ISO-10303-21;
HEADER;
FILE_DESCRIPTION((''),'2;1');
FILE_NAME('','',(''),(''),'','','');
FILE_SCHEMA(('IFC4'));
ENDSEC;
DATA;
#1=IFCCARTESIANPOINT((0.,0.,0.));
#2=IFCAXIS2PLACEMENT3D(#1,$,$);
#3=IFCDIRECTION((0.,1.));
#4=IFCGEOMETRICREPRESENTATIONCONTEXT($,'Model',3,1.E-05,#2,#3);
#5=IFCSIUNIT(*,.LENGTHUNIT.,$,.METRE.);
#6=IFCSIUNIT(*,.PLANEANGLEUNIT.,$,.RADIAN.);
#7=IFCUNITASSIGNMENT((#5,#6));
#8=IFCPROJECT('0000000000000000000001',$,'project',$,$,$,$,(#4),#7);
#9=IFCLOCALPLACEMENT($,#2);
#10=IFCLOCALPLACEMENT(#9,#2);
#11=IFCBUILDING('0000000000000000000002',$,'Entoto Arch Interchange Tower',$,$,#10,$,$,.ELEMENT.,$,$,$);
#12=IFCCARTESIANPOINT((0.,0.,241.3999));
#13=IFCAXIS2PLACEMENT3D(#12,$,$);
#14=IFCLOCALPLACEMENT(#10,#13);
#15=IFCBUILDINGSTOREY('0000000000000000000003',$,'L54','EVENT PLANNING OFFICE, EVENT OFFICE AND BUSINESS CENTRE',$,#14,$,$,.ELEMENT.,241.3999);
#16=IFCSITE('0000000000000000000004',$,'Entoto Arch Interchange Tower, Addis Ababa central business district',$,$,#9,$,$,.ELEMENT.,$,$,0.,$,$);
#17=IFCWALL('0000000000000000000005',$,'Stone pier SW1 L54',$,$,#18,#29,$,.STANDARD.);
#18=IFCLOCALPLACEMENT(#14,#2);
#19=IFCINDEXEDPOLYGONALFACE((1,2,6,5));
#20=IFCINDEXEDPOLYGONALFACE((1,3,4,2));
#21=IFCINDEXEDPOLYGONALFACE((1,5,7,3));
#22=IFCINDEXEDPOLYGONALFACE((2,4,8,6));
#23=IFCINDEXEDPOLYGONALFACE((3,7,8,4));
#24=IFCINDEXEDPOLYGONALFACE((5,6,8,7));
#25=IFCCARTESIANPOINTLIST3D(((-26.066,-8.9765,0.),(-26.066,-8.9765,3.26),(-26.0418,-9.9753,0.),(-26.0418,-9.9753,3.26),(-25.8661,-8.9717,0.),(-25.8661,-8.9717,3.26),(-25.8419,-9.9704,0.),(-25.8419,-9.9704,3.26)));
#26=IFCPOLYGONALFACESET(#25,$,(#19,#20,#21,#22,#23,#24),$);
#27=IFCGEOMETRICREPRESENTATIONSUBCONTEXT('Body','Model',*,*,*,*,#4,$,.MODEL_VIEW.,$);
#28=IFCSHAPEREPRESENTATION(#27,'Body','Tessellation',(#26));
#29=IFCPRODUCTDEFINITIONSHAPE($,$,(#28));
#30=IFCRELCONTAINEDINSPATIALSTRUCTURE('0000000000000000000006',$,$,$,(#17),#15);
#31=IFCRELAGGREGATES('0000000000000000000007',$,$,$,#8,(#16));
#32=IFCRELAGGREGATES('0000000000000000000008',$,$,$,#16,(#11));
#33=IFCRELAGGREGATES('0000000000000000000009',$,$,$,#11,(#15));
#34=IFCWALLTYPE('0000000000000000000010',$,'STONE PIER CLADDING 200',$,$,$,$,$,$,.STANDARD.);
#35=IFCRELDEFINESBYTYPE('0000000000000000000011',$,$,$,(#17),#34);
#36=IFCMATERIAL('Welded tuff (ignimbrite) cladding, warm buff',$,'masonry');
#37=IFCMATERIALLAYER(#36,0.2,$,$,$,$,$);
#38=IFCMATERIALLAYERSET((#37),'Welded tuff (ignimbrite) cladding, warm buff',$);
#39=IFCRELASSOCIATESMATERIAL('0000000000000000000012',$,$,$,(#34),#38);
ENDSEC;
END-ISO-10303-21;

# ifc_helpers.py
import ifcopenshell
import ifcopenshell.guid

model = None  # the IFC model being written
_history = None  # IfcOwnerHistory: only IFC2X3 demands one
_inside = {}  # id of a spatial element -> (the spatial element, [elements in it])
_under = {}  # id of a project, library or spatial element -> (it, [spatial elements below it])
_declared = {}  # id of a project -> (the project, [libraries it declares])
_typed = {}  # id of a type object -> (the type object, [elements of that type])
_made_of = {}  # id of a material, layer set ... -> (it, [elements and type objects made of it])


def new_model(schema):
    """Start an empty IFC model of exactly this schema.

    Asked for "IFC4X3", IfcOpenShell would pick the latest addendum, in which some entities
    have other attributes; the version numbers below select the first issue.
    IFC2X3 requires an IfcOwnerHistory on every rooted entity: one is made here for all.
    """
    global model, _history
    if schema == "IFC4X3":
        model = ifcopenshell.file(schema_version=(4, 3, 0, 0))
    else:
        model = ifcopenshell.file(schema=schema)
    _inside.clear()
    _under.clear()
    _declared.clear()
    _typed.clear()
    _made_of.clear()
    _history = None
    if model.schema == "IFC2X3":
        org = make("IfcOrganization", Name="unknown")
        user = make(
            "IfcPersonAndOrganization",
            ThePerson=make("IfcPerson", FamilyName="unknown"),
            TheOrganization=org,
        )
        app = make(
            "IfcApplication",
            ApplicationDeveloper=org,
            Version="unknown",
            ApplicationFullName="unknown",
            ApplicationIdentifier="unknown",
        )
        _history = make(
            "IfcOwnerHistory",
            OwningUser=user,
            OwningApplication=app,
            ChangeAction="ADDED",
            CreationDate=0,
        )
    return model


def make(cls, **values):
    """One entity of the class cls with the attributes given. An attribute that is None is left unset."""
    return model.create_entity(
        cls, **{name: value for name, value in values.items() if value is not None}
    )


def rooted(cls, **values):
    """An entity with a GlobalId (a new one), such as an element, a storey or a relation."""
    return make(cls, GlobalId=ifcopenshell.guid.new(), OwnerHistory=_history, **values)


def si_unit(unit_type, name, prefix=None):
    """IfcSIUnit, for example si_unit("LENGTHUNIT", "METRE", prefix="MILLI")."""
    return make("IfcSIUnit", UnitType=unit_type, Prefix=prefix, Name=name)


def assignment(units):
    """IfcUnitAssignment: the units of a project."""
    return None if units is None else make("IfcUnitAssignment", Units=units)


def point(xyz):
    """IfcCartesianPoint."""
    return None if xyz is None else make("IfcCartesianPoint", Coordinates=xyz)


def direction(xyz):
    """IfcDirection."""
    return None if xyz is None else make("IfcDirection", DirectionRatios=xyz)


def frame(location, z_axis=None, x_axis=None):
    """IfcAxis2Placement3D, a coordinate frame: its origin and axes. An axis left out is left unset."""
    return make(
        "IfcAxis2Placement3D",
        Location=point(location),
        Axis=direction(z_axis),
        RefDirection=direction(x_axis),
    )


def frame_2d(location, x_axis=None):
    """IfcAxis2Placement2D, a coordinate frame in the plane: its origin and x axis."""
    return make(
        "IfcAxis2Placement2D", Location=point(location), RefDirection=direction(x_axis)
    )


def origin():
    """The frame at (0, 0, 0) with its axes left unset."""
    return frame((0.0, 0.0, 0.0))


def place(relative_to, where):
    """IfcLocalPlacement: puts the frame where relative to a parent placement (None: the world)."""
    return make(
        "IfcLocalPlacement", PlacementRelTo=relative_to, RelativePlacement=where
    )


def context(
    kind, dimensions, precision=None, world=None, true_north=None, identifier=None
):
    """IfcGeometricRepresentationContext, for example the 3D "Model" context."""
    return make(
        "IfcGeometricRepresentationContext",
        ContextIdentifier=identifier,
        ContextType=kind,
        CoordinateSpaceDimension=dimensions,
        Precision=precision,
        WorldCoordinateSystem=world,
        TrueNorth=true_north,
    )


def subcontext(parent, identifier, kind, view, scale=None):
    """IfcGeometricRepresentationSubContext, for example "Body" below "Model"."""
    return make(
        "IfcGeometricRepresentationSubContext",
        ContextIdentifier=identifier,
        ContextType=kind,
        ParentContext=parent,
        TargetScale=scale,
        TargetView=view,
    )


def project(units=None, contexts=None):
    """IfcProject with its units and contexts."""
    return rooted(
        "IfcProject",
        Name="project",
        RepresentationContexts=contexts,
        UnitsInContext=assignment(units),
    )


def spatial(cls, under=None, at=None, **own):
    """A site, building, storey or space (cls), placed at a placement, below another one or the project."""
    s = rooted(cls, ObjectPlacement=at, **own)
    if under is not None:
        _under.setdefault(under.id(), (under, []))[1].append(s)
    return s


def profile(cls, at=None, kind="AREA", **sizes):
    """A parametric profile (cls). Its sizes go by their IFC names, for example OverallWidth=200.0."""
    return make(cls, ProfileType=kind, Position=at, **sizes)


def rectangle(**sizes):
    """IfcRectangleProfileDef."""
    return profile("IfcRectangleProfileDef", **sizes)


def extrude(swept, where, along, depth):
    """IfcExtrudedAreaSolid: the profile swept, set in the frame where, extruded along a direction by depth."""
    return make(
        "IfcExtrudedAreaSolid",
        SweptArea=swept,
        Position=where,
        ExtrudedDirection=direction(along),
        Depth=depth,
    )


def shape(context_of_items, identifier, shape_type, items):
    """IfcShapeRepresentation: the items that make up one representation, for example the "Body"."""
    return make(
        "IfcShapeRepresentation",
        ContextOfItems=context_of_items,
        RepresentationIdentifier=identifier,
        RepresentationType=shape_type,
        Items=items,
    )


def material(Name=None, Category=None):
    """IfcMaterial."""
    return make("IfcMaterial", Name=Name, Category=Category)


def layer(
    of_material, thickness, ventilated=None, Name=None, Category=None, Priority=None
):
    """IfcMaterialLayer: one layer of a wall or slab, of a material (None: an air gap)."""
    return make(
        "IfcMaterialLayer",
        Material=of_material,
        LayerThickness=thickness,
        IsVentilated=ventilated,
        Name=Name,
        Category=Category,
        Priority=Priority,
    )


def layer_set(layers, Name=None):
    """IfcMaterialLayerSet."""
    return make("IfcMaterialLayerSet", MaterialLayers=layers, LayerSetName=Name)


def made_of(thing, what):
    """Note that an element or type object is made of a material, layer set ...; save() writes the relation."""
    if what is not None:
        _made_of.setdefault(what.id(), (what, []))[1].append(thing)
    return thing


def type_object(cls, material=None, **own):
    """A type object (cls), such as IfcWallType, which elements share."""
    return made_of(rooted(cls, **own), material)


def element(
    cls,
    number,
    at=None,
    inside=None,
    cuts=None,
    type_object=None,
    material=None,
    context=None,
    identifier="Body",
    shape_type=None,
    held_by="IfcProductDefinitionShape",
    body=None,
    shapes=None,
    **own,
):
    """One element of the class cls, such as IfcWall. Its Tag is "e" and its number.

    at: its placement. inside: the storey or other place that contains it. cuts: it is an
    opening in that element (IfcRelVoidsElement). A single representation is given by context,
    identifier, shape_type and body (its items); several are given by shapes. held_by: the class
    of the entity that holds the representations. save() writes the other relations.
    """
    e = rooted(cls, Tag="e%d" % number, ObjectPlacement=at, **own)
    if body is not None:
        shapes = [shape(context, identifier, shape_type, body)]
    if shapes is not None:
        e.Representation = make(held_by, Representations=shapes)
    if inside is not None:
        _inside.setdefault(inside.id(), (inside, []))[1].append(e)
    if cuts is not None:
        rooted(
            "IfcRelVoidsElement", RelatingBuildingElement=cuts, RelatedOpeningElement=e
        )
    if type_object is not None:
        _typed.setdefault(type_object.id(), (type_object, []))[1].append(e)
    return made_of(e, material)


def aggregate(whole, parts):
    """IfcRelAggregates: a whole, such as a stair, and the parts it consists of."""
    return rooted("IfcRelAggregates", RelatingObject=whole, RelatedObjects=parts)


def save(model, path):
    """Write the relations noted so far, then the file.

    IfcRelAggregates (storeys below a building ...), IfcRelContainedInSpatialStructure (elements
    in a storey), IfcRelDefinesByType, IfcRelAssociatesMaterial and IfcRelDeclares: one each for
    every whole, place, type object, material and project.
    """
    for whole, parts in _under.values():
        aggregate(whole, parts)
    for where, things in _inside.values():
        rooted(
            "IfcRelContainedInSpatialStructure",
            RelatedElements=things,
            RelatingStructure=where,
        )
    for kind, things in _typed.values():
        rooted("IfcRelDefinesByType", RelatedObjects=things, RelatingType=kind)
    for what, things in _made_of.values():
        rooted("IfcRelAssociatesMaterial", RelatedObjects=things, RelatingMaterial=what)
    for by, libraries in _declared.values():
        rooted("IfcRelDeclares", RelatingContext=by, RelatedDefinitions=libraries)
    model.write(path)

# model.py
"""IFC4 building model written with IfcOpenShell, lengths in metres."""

from ifc_helpers import new_model, si_unit, direction, frame, frame_2d, origin, place, context, subcontext, project, spatial, rectangle, extrude, material, layer, layer_set, type_object, element, save


model = new_model("IFC4")

# Units and contexts
model_context = context("Model", 3, precision=1e-05, world=origin(), true_north=direction((0.0, 1.0)))
body_context = subcontext(model_context, "Body", "Model", "MODEL_VIEW")
ifc_project = project(units=[si_unit("LENGTHUNIT", "METRE"), si_unit("PLANEANGLEUNIT", "RADIAN")], contexts=[model_context])

# Site, building, storey
site_placement = place(None, origin())
site = spatial("IfcSite", under=ifc_project, at=site_placement, Name="Entoto Arch Interchange Tower, Addis Ababa central business district", CompositionType="ELEMENT", RefElevation=0.0)
building_placement = place(site_placement, origin())
building = spatial("IfcBuilding", under=site, at=building_placement, Name="Entoto Arch Interchange Tower", CompositionType="ELEMENT")
storey_placement = place(building_placement, frame((0.0, 0.0, 241.3999)))
storey = spatial("IfcBuildingStorey", under=building, at=storey_placement, Name="L54", Description="EVENT PLANNING OFFICE, EVENT OFFICE AND BUSINESS CENTRE", CompositionType="ELEMENT", Elevation=241.3999)

# Wall
ifc_material_1 = material(Name="Welded tuff (ignimbrite) cladding, warm buff", Category="masonry")
ifc_layer_1 = layer(ifc_material_1, 0.2)
ifc_layer_set_1 = layer_set([ifc_layer_1], Name="Welded tuff (ignimbrite) cladding, warm buff")
wall_type_1 = type_object("IfcWallType", Name="STONE PIER CLADDING 200", PredefinedType="STANDARD", material=ifc_layer_set_1)
wall_1_placement = place(storey_placement, frame((-25.9661, -8.9741, 0.0), z_axis=(0.0, 0.0, 1.0), x_axis=(0.024192, -0.999707, 0.0)))
element("IfcWall", 1, at=wall_1_placement, inside=storey, type_object=wall_type_1, Name="Stone pier SW1 L54", PredefinedType="STANDARD", context=body_context, shape_type="SweptSolid", body=[
    extrude(rectangle(XDim=0.999, YDim=0.2, at=frame_2d((0.4995, 0.0))), origin(), (0.0, 0.0, 1.0), 3.26),
])

save(model, "model.ifc")
